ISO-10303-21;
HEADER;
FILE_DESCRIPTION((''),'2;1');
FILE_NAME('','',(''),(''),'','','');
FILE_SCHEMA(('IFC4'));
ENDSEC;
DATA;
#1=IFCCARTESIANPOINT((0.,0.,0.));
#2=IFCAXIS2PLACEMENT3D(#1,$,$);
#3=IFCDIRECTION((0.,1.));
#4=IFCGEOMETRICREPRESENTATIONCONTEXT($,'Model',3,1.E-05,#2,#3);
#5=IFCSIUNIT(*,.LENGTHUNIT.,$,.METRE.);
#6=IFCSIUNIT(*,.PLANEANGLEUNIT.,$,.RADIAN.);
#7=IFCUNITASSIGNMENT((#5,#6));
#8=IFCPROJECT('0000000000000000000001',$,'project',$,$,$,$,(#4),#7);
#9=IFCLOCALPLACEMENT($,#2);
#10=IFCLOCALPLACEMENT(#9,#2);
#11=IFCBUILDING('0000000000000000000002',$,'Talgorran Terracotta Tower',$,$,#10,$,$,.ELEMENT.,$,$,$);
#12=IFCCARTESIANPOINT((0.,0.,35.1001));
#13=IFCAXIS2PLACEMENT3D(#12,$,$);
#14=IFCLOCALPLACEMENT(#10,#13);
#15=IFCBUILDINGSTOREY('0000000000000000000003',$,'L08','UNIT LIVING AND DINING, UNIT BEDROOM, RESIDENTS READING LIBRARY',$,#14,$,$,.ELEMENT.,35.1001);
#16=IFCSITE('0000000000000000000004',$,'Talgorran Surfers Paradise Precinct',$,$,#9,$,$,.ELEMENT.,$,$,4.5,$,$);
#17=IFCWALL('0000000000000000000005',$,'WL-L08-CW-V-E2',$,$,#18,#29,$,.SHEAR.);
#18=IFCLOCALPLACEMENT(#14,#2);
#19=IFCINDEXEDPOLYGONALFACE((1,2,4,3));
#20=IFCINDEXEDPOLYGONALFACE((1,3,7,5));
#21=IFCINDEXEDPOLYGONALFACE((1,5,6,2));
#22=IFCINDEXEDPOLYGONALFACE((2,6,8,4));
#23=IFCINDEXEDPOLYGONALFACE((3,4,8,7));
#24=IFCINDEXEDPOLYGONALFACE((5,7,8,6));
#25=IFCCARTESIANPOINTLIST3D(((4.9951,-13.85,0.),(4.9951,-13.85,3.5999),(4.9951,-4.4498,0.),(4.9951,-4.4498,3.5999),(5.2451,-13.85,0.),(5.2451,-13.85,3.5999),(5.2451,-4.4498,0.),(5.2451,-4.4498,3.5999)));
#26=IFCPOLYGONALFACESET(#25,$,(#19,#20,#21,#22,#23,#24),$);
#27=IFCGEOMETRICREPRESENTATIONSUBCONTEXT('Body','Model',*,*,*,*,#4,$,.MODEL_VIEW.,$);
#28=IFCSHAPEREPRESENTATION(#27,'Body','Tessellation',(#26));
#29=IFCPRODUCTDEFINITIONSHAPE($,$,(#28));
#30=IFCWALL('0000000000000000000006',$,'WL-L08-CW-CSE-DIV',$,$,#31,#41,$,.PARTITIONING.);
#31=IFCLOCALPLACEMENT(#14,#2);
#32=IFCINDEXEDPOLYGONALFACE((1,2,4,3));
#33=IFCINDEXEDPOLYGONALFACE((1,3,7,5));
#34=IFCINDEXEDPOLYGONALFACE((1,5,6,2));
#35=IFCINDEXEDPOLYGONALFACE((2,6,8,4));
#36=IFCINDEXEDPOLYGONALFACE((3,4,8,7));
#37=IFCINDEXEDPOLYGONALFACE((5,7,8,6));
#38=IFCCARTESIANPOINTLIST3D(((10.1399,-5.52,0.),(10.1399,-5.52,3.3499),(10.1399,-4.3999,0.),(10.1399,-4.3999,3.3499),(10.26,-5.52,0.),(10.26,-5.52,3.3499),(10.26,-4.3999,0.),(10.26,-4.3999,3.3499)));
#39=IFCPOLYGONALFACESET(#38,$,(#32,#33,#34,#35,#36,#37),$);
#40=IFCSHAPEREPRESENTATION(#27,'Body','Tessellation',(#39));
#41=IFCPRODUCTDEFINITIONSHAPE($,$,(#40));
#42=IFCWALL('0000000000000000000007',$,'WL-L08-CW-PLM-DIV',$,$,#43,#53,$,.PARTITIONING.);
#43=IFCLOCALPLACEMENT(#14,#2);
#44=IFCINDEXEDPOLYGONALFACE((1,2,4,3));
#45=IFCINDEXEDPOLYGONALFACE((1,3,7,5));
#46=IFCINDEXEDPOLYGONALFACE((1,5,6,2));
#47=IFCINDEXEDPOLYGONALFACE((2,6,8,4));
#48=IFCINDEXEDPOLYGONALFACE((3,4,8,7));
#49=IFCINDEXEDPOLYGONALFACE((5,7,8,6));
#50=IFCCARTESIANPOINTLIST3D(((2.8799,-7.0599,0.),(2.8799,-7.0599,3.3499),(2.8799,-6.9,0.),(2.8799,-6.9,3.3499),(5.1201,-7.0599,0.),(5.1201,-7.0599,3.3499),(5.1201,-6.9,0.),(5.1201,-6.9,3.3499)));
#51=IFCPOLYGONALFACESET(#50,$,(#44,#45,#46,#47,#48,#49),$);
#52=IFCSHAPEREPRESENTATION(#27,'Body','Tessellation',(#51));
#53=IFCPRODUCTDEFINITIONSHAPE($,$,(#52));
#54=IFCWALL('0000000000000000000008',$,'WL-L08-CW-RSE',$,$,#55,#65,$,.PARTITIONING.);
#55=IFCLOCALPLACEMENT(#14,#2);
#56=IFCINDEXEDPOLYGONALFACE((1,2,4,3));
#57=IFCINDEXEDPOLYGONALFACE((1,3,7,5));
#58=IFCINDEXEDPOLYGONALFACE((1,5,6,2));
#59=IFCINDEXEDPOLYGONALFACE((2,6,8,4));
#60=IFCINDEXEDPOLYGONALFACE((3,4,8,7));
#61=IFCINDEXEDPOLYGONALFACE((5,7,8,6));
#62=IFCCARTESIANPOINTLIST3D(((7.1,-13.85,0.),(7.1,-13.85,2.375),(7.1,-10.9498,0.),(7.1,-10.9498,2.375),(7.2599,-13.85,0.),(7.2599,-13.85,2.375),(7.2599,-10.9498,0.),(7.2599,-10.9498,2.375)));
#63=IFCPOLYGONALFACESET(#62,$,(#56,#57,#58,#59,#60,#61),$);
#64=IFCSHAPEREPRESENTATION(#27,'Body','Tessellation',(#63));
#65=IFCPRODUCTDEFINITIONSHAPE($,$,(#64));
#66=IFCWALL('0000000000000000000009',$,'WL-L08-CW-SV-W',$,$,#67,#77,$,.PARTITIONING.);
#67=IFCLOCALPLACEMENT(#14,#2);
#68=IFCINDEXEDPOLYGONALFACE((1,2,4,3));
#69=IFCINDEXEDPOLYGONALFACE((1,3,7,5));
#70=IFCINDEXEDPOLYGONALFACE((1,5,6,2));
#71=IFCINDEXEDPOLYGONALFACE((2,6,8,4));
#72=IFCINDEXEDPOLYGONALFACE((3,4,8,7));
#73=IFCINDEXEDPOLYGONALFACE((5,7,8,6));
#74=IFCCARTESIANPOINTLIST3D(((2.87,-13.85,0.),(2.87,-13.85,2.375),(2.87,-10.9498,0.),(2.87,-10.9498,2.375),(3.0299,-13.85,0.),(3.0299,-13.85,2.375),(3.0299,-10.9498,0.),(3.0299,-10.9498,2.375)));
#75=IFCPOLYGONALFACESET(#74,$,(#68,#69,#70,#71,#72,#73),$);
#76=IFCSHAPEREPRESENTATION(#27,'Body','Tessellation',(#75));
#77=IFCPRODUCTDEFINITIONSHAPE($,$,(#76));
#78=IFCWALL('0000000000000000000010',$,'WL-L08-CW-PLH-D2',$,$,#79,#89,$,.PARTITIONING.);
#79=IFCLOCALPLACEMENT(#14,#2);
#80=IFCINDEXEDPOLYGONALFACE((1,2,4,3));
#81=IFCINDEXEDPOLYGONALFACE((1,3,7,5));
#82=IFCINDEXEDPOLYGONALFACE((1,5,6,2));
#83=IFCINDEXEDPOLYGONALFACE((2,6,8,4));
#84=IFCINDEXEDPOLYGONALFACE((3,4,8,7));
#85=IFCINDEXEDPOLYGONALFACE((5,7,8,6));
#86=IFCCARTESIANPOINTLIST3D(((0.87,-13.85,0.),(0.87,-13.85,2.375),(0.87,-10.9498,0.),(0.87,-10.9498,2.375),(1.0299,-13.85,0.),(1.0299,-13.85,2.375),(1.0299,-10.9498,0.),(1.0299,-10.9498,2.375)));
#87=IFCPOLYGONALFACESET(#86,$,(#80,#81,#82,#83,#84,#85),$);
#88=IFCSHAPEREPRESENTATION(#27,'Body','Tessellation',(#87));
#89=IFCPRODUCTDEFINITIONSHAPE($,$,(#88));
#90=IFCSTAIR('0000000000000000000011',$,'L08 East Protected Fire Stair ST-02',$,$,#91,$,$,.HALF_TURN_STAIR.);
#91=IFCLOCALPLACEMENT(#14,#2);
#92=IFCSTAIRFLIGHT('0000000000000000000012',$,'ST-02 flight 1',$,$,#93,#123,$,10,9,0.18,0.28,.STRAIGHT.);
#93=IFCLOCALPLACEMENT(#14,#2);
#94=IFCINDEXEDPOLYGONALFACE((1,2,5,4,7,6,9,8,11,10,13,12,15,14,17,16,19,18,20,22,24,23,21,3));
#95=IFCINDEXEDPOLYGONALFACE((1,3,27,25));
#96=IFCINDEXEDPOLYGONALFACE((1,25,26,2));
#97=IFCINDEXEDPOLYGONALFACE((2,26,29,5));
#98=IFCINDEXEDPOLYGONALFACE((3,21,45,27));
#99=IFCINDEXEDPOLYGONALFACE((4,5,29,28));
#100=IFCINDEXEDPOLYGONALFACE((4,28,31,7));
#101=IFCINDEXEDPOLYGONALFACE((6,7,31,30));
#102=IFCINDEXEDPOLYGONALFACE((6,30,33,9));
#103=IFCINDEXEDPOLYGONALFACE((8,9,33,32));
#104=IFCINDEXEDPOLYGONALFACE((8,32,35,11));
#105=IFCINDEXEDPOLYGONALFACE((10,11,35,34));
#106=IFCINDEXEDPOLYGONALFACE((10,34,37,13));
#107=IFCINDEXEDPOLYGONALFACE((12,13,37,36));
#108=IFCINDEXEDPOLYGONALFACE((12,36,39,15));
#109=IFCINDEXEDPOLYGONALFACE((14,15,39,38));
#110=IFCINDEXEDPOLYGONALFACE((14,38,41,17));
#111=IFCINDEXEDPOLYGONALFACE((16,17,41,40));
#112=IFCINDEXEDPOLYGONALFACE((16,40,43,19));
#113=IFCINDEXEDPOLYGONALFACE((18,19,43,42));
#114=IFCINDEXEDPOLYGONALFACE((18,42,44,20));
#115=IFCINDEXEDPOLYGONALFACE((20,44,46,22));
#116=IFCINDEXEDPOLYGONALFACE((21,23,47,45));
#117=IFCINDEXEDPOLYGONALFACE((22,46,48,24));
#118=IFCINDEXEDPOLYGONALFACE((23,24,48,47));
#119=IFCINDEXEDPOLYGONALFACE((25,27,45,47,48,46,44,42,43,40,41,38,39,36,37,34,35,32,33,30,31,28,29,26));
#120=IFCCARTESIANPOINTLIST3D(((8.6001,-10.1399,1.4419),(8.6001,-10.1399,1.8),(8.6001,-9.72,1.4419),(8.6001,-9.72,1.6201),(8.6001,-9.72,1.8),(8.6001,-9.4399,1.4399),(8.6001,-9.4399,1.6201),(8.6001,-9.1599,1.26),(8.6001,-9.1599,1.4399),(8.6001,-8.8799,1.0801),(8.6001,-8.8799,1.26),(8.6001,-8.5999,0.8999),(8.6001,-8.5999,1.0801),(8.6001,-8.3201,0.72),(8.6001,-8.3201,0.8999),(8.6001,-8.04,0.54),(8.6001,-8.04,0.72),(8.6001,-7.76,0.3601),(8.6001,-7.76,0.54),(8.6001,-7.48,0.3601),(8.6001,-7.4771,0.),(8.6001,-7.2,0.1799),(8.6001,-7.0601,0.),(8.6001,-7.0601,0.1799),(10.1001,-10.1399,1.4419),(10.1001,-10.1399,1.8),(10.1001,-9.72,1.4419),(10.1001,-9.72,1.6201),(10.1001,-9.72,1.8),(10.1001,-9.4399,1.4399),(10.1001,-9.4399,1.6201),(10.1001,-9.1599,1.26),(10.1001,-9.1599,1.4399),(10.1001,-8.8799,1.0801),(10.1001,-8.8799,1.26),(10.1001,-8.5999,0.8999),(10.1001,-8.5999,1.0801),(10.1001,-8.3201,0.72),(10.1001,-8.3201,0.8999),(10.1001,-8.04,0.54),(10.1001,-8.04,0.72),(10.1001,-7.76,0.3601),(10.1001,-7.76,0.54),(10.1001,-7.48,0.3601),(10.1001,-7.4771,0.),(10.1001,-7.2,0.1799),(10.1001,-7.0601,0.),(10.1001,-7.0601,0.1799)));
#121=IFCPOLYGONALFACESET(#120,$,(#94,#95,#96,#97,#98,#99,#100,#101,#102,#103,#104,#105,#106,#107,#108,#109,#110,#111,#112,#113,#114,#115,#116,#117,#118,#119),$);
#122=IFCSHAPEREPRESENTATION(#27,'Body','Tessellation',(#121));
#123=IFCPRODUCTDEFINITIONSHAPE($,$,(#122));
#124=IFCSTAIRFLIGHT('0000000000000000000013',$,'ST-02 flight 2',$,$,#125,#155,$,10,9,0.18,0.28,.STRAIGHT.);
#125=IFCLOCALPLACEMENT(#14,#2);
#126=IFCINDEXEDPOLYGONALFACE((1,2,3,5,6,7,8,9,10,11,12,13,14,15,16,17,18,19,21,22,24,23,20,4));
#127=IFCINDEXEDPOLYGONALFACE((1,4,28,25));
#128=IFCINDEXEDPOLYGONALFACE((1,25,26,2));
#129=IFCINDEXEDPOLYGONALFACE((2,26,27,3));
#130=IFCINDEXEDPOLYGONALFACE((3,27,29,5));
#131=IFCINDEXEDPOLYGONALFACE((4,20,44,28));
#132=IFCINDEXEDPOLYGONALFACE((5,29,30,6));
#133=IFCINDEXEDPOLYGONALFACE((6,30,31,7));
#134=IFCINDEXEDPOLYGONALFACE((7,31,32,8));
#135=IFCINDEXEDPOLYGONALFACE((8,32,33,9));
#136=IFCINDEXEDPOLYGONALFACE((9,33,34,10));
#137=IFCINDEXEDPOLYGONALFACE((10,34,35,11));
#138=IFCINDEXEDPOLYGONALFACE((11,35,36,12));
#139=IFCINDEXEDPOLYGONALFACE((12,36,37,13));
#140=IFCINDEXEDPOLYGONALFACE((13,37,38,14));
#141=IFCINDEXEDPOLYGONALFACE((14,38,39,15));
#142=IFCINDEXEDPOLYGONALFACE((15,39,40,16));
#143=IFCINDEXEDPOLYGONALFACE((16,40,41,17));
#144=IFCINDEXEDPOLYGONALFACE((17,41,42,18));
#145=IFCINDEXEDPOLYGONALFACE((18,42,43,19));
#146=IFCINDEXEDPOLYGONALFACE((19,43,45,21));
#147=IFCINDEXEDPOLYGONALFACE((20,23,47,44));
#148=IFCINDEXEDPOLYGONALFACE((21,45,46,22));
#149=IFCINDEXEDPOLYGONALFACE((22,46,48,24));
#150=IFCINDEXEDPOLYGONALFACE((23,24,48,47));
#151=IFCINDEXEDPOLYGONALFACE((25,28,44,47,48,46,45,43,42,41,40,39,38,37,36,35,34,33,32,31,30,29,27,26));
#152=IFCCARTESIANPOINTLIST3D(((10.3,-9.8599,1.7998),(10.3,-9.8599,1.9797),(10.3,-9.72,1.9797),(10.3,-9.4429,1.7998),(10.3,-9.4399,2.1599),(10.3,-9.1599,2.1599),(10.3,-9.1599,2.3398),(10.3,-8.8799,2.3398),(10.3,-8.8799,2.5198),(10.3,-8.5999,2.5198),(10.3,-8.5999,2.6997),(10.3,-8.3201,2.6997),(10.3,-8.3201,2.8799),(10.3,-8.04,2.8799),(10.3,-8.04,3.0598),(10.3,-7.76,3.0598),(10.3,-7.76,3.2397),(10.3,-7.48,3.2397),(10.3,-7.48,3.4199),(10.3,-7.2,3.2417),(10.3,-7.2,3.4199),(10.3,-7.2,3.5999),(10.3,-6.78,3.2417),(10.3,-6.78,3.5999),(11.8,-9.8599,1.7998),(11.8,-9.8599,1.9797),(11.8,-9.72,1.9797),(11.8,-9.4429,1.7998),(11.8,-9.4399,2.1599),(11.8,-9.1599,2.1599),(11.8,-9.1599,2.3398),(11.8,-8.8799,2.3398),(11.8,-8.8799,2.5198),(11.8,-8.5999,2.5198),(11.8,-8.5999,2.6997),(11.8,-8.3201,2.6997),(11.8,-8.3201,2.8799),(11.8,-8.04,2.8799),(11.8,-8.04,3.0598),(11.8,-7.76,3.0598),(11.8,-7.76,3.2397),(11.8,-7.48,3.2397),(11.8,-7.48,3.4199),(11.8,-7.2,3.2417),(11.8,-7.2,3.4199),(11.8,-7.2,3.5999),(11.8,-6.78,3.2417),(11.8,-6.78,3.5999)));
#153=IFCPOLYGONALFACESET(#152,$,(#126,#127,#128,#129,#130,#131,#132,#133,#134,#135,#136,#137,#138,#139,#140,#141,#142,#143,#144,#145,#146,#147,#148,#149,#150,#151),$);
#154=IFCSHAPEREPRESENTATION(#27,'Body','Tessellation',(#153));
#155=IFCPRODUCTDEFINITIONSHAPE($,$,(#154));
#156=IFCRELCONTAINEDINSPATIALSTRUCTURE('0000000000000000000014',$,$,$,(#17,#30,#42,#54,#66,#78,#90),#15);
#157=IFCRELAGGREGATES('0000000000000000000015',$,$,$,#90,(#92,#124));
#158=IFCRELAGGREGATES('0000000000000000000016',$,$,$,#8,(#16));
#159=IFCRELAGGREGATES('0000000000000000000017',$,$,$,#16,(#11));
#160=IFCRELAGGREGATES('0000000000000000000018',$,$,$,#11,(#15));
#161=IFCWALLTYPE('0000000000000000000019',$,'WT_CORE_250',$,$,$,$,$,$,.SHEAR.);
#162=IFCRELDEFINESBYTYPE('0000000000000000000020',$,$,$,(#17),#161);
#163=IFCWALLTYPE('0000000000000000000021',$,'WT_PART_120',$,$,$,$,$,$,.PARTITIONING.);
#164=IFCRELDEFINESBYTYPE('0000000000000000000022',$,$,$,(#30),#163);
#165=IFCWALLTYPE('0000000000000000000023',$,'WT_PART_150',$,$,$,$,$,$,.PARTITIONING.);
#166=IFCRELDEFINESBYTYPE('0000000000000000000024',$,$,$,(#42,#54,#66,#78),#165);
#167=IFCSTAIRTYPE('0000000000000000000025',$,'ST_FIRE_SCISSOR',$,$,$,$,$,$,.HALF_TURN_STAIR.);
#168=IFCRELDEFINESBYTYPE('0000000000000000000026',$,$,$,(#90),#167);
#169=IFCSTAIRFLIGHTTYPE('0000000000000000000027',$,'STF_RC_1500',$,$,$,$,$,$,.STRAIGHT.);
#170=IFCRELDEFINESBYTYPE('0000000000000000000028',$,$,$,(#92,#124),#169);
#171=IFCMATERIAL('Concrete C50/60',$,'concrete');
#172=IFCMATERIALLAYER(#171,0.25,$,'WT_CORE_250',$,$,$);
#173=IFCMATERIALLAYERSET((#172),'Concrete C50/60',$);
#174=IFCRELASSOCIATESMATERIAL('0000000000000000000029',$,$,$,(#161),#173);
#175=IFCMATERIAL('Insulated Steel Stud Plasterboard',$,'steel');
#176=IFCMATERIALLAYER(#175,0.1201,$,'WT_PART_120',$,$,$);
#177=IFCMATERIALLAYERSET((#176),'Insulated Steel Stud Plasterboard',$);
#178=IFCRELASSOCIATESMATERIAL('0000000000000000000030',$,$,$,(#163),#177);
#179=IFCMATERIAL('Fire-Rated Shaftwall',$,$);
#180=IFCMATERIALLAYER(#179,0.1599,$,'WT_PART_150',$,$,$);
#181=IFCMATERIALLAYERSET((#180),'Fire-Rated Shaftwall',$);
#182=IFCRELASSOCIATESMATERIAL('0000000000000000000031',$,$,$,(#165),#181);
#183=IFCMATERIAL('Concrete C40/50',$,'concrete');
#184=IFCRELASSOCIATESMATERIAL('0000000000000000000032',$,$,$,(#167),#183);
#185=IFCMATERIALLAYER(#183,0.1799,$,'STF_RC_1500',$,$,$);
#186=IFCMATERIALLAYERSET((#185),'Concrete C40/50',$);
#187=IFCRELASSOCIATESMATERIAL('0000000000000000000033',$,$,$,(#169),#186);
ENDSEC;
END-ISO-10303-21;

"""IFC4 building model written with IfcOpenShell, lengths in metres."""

from ifc_helpers import new_model, si_unit, direction, frame, frame_2d, origin, place, context, subcontext, project, spatial, polyline, rectangle, outline, extrude, material, layer, layer_set, type_object, element, aggregate, save


model = new_model("IFC4")

# Units and contexts
model_context = context("Model", 3, precision=1e-05, world=origin(), true_north=direction((0.0, 1.0)))
body_context = subcontext(model_context, "Body", "Model", "MODEL_VIEW")
ifc_project = project(units=[si_unit("LENGTHUNIT", "METRE"), si_unit("PLANEANGLEUNIT", "RADIAN")], contexts=[model_context])

# Site, building, storey
site_placement = place(None, origin())
site = spatial("IfcSite", under=ifc_project, at=site_placement, Name="Talgorran Surfers Paradise Precinct", CompositionType="ELEMENT", RefElevation=4.5)
building_placement = place(site_placement, origin())
building = spatial("IfcBuilding", under=site, at=building_placement, Name="Talgorran Terracotta Tower", CompositionType="ELEMENT")
storey_placement = place(building_placement, frame((0.0, 0.0, 35.1001)))
storey = spatial("IfcBuildingStorey", under=building, at=storey_placement, Name="L08", Description="UNIT LIVING AND DINING, UNIT BEDROOM, RESIDENTS READING LIBRARY", CompositionType="ELEMENT", Elevation=35.1001)

# Shared definitions
ifc_material_1 = material(Name="Concrete C50/60", Category="concrete")

# Shared definitions
ifc_layer_1 = layer(ifc_material_1, 0.25, Name="WT_CORE_250")
ifc_layer_set_1 = layer_set([ifc_layer_1], Name="Concrete C50/60")
wall_type_1 = type_object("IfcWallType", Name="WT_CORE_250", PredefinedType="SHEAR", material=ifc_layer_set_1)

# Walls
wall_1_placement = place(storey_placement, frame((5.1201, -13.8501, 0.0), z_axis=(0.0, 0.0, 1.0), x_axis=(0.0, 1.0, 0.0)))
element("IfcWall", 1, at=wall_1_placement, inside=storey, type_object=wall_type_1, Name="WL-L08-CW-V-E2", PredefinedType="SHEAR", context=body_context, shape_type="SweptSolid", body=[
    extrude(rectangle(XDim=9.4001, YDim=0.25, at=frame_2d((4.7002, 0.0))), origin(), (0.0, 0.0, 1.0), 3.5999),
])
ifc_material_2 = material(Name="Insulated Steel Stud Plasterboard", Category="steel")
ifc_layer_2 = layer(ifc_material_2, 0.1201, Name="WT_PART_120")
ifc_layer_set_2 = layer_set([ifc_layer_2], Name="Insulated Steel Stud Plasterboard")
wall_type_2 = type_object("IfcWallType", Name="WT_PART_120", PredefinedType="PARTITIONING", material=ifc_layer_set_2)
wall_2_placement = place(storey_placement, frame((10.2, -5.52, 0.0), z_axis=(0.0, 0.0, 1.0), x_axis=(0.0, 1.0, 0.0)))
element("IfcWall", 2, at=wall_2_placement, inside=storey, type_object=wall_type_2, Name="WL-L08-CW-CSE-DIV", PredefinedType="PARTITIONING", context=body_context, shape_type="SweptSolid", body=[
    extrude(rectangle(XDim=1.1201, YDim=0.1201, at=frame_2d((0.5601, 0.0))), origin(), (0.0, 0.0, 1.0), 3.3499),
])
ifc_material_3 = material(Name="Fire-Rated Shaftwall")
ifc_layer_3 = layer(ifc_material_3, 0.1599, Name="WT_PART_150")
ifc_layer_set_3 = layer_set([ifc_layer_3], Name="Fire-Rated Shaftwall")
wall_type_3 = type_object("IfcWallType", Name="WT_PART_150", PredefinedType="PARTITIONING", material=ifc_layer_set_3)
wall_3_placement = place(storey_placement, frame((2.8799, -6.98, 0.0), z_axis=(0.0, 0.0, 1.0), x_axis=(1.0, 0.0, 0.0)))
element("IfcWall", 3, at=wall_3_placement, inside=storey, type_object=wall_type_3, Name="WL-L08-CW-PLM-DIV", PredefinedType="PARTITIONING", context=body_context, shape_type="SweptSolid", body=[
    extrude(rectangle(XDim=2.2402, YDim=0.1599, at=frame_2d((1.1201, 0.0))), origin(), (0.0, 0.0, 1.0), 3.3499),
])
for number, where, z_axis, x_axis, name in (
    (4, (7.1799, -13.8501, 0.0), (0.0, 0.0, 1.0), (0.0, 1.0, 0.0), "WL-L08-CW-RSE"),
    (5, (2.95, -13.8501, 0.0), (0.0, 0.0, 1.0), (0.0, 1.0, 0.0), "WL-L08-CW-SV-W"),
    (6, (0.95, -13.8501, 0.0), (0.0, 0.0, 1.0), (0.0, 1.0, 0.0), "WL-L08-CW-PLH-D2"),
):
    element("IfcWall", number, at=place(storey_placement, frame(where, z_axis=z_axis, x_axis=x_axis)), inside=storey, type_object=wall_type_3, Name=name, PredefinedType="PARTITIONING", context=body_context, shape_type="SweptSolid", body=[
        extrude(rectangle(XDim=2.9001, YDim=0.1599, at=frame_2d((1.4502, 0.0))), origin(), (0.0, 0.0, 1.0), 2.375),
    ])

# Stair, stair flights
ifc_material_4 = material(Name="Concrete C40/50", Category="concrete")
stair_type = type_object("IfcStairType", Name="ST_FIRE_SCISSOR", PredefinedType="HALF_TURN_STAIR", material=ifc_material_4)
stair_placement = place(storey_placement, origin())
stair = element("IfcStair", 7, at=stair_placement, inside=storey, type_object=stair_type, Name="L08 East Protected Fire Stair ST-02", PredefinedType="HALF_TURN_STAIR")
ifc_layer_4 = layer(ifc_material_4, 0.1799, Name="STF_RC_1500")
ifc_layer_set_4 = layer_set([ifc_layer_4], Name="Concrete C40/50")
stair_flight_type = type_object("IfcStairFlightType", Name="STF_RC_1500", PredefinedType="STRAIGHT", material=ifc_layer_set_4)
stair_flight_1_placement = place(storey_placement, frame((9.3501, -7.2, 0.0), z_axis=(0.0, 0.0, 1.0), x_axis=(0.0, -1.0, 0.0)))
stair_flight_1 = element("IfcStairFlight", 8, at=stair_flight_1_placement, type_object=stair_flight_type, Name="ST-02 flight 1", NumberOfRisers=10, NumberOfTreads=9, PredefinedType="STRAIGHT", RiserHeight=0.18, TreadLength=0.28, context=body_context, shape_type="SweptSolid", body=[
    extrude(outline(polyline([(-0.1399, 0.0), (-0.1399, 0.1799), (0.0, 0.1799), (0.28, 0.3601), (0.5601, 0.3601), (0.5601, 0.54), (0.8401, 0.54), (0.8401, 0.72), (1.1201, 0.72), (1.1201, 0.8999), (1.3999, 0.8999), (1.3999, 1.0801), (1.6799, 1.0801), (1.6799, 1.26), (1.96, 1.26), (1.96, 1.4399), (2.24, 1.4399), (2.24, 1.6201), (2.52, 1.6201), (2.52, 1.8), (2.9399, 1.8), (2.9399, 1.4419), (2.52, 1.4419), (0.2771, 0.0), (-0.1399, 0.0)])), frame((0.0, 0.75, 0.0), z_axis=(0.0, -1.0, 0.0), x_axis=(1.0, 0.0, 0.0)), (0.0, 0.0, 1.0), 1.5),
])
stair_flight_2_placement = place(storey_placement, frame((11.05, -9.72, 1.7998), z_axis=(0.0, 0.0, 1.0), x_axis=(0.0, 1.0, 0.0)))
stair_flight_2 = element("IfcStairFlight", 9, at=stair_flight_2_placement, type_object=stair_flight_type, Name="ST-02 flight 2", NumberOfRisers=10, NumberOfTreads=9, PredefinedType="STRAIGHT", RiserHeight=0.18, TreadLength=0.28, context=body_context, shape_type="SweptSolid", body=[
    extrude(outline(polyline([(-0.1399, 0.0), (-0.1399, 0.1799), (0.0, 0.1799), (0.28, 0.3601), (0.5601, 0.3601), (0.5601, 0.54), (0.8401, 0.54), (0.8401, 0.72), (1.1201, 0.72), (1.1201, 0.8999), (1.3999, 0.8999), (1.3999, 1.0801), (1.6799, 1.0801), (1.6799, 1.26), (1.96, 1.26), (1.96, 1.4399), (2.24, 1.4399), (2.24, 1.6201), (2.52, 1.6201), (2.52, 1.8), (2.9399, 1.8), (2.9399, 1.4419), (2.52, 1.4419), (0.2771, 0.0), (-0.1399, 0.0)])), frame((0.0, 0.75, 0.0), z_axis=(0.0, -1.0, 0.0), x_axis=(1.0, 0.0, 0.0)), (0.0, 0.0, 1.0), 1.5),
])
aggregate(stair, [stair_flight_1, stair_flight_2])

save(model, "model.ifc")
